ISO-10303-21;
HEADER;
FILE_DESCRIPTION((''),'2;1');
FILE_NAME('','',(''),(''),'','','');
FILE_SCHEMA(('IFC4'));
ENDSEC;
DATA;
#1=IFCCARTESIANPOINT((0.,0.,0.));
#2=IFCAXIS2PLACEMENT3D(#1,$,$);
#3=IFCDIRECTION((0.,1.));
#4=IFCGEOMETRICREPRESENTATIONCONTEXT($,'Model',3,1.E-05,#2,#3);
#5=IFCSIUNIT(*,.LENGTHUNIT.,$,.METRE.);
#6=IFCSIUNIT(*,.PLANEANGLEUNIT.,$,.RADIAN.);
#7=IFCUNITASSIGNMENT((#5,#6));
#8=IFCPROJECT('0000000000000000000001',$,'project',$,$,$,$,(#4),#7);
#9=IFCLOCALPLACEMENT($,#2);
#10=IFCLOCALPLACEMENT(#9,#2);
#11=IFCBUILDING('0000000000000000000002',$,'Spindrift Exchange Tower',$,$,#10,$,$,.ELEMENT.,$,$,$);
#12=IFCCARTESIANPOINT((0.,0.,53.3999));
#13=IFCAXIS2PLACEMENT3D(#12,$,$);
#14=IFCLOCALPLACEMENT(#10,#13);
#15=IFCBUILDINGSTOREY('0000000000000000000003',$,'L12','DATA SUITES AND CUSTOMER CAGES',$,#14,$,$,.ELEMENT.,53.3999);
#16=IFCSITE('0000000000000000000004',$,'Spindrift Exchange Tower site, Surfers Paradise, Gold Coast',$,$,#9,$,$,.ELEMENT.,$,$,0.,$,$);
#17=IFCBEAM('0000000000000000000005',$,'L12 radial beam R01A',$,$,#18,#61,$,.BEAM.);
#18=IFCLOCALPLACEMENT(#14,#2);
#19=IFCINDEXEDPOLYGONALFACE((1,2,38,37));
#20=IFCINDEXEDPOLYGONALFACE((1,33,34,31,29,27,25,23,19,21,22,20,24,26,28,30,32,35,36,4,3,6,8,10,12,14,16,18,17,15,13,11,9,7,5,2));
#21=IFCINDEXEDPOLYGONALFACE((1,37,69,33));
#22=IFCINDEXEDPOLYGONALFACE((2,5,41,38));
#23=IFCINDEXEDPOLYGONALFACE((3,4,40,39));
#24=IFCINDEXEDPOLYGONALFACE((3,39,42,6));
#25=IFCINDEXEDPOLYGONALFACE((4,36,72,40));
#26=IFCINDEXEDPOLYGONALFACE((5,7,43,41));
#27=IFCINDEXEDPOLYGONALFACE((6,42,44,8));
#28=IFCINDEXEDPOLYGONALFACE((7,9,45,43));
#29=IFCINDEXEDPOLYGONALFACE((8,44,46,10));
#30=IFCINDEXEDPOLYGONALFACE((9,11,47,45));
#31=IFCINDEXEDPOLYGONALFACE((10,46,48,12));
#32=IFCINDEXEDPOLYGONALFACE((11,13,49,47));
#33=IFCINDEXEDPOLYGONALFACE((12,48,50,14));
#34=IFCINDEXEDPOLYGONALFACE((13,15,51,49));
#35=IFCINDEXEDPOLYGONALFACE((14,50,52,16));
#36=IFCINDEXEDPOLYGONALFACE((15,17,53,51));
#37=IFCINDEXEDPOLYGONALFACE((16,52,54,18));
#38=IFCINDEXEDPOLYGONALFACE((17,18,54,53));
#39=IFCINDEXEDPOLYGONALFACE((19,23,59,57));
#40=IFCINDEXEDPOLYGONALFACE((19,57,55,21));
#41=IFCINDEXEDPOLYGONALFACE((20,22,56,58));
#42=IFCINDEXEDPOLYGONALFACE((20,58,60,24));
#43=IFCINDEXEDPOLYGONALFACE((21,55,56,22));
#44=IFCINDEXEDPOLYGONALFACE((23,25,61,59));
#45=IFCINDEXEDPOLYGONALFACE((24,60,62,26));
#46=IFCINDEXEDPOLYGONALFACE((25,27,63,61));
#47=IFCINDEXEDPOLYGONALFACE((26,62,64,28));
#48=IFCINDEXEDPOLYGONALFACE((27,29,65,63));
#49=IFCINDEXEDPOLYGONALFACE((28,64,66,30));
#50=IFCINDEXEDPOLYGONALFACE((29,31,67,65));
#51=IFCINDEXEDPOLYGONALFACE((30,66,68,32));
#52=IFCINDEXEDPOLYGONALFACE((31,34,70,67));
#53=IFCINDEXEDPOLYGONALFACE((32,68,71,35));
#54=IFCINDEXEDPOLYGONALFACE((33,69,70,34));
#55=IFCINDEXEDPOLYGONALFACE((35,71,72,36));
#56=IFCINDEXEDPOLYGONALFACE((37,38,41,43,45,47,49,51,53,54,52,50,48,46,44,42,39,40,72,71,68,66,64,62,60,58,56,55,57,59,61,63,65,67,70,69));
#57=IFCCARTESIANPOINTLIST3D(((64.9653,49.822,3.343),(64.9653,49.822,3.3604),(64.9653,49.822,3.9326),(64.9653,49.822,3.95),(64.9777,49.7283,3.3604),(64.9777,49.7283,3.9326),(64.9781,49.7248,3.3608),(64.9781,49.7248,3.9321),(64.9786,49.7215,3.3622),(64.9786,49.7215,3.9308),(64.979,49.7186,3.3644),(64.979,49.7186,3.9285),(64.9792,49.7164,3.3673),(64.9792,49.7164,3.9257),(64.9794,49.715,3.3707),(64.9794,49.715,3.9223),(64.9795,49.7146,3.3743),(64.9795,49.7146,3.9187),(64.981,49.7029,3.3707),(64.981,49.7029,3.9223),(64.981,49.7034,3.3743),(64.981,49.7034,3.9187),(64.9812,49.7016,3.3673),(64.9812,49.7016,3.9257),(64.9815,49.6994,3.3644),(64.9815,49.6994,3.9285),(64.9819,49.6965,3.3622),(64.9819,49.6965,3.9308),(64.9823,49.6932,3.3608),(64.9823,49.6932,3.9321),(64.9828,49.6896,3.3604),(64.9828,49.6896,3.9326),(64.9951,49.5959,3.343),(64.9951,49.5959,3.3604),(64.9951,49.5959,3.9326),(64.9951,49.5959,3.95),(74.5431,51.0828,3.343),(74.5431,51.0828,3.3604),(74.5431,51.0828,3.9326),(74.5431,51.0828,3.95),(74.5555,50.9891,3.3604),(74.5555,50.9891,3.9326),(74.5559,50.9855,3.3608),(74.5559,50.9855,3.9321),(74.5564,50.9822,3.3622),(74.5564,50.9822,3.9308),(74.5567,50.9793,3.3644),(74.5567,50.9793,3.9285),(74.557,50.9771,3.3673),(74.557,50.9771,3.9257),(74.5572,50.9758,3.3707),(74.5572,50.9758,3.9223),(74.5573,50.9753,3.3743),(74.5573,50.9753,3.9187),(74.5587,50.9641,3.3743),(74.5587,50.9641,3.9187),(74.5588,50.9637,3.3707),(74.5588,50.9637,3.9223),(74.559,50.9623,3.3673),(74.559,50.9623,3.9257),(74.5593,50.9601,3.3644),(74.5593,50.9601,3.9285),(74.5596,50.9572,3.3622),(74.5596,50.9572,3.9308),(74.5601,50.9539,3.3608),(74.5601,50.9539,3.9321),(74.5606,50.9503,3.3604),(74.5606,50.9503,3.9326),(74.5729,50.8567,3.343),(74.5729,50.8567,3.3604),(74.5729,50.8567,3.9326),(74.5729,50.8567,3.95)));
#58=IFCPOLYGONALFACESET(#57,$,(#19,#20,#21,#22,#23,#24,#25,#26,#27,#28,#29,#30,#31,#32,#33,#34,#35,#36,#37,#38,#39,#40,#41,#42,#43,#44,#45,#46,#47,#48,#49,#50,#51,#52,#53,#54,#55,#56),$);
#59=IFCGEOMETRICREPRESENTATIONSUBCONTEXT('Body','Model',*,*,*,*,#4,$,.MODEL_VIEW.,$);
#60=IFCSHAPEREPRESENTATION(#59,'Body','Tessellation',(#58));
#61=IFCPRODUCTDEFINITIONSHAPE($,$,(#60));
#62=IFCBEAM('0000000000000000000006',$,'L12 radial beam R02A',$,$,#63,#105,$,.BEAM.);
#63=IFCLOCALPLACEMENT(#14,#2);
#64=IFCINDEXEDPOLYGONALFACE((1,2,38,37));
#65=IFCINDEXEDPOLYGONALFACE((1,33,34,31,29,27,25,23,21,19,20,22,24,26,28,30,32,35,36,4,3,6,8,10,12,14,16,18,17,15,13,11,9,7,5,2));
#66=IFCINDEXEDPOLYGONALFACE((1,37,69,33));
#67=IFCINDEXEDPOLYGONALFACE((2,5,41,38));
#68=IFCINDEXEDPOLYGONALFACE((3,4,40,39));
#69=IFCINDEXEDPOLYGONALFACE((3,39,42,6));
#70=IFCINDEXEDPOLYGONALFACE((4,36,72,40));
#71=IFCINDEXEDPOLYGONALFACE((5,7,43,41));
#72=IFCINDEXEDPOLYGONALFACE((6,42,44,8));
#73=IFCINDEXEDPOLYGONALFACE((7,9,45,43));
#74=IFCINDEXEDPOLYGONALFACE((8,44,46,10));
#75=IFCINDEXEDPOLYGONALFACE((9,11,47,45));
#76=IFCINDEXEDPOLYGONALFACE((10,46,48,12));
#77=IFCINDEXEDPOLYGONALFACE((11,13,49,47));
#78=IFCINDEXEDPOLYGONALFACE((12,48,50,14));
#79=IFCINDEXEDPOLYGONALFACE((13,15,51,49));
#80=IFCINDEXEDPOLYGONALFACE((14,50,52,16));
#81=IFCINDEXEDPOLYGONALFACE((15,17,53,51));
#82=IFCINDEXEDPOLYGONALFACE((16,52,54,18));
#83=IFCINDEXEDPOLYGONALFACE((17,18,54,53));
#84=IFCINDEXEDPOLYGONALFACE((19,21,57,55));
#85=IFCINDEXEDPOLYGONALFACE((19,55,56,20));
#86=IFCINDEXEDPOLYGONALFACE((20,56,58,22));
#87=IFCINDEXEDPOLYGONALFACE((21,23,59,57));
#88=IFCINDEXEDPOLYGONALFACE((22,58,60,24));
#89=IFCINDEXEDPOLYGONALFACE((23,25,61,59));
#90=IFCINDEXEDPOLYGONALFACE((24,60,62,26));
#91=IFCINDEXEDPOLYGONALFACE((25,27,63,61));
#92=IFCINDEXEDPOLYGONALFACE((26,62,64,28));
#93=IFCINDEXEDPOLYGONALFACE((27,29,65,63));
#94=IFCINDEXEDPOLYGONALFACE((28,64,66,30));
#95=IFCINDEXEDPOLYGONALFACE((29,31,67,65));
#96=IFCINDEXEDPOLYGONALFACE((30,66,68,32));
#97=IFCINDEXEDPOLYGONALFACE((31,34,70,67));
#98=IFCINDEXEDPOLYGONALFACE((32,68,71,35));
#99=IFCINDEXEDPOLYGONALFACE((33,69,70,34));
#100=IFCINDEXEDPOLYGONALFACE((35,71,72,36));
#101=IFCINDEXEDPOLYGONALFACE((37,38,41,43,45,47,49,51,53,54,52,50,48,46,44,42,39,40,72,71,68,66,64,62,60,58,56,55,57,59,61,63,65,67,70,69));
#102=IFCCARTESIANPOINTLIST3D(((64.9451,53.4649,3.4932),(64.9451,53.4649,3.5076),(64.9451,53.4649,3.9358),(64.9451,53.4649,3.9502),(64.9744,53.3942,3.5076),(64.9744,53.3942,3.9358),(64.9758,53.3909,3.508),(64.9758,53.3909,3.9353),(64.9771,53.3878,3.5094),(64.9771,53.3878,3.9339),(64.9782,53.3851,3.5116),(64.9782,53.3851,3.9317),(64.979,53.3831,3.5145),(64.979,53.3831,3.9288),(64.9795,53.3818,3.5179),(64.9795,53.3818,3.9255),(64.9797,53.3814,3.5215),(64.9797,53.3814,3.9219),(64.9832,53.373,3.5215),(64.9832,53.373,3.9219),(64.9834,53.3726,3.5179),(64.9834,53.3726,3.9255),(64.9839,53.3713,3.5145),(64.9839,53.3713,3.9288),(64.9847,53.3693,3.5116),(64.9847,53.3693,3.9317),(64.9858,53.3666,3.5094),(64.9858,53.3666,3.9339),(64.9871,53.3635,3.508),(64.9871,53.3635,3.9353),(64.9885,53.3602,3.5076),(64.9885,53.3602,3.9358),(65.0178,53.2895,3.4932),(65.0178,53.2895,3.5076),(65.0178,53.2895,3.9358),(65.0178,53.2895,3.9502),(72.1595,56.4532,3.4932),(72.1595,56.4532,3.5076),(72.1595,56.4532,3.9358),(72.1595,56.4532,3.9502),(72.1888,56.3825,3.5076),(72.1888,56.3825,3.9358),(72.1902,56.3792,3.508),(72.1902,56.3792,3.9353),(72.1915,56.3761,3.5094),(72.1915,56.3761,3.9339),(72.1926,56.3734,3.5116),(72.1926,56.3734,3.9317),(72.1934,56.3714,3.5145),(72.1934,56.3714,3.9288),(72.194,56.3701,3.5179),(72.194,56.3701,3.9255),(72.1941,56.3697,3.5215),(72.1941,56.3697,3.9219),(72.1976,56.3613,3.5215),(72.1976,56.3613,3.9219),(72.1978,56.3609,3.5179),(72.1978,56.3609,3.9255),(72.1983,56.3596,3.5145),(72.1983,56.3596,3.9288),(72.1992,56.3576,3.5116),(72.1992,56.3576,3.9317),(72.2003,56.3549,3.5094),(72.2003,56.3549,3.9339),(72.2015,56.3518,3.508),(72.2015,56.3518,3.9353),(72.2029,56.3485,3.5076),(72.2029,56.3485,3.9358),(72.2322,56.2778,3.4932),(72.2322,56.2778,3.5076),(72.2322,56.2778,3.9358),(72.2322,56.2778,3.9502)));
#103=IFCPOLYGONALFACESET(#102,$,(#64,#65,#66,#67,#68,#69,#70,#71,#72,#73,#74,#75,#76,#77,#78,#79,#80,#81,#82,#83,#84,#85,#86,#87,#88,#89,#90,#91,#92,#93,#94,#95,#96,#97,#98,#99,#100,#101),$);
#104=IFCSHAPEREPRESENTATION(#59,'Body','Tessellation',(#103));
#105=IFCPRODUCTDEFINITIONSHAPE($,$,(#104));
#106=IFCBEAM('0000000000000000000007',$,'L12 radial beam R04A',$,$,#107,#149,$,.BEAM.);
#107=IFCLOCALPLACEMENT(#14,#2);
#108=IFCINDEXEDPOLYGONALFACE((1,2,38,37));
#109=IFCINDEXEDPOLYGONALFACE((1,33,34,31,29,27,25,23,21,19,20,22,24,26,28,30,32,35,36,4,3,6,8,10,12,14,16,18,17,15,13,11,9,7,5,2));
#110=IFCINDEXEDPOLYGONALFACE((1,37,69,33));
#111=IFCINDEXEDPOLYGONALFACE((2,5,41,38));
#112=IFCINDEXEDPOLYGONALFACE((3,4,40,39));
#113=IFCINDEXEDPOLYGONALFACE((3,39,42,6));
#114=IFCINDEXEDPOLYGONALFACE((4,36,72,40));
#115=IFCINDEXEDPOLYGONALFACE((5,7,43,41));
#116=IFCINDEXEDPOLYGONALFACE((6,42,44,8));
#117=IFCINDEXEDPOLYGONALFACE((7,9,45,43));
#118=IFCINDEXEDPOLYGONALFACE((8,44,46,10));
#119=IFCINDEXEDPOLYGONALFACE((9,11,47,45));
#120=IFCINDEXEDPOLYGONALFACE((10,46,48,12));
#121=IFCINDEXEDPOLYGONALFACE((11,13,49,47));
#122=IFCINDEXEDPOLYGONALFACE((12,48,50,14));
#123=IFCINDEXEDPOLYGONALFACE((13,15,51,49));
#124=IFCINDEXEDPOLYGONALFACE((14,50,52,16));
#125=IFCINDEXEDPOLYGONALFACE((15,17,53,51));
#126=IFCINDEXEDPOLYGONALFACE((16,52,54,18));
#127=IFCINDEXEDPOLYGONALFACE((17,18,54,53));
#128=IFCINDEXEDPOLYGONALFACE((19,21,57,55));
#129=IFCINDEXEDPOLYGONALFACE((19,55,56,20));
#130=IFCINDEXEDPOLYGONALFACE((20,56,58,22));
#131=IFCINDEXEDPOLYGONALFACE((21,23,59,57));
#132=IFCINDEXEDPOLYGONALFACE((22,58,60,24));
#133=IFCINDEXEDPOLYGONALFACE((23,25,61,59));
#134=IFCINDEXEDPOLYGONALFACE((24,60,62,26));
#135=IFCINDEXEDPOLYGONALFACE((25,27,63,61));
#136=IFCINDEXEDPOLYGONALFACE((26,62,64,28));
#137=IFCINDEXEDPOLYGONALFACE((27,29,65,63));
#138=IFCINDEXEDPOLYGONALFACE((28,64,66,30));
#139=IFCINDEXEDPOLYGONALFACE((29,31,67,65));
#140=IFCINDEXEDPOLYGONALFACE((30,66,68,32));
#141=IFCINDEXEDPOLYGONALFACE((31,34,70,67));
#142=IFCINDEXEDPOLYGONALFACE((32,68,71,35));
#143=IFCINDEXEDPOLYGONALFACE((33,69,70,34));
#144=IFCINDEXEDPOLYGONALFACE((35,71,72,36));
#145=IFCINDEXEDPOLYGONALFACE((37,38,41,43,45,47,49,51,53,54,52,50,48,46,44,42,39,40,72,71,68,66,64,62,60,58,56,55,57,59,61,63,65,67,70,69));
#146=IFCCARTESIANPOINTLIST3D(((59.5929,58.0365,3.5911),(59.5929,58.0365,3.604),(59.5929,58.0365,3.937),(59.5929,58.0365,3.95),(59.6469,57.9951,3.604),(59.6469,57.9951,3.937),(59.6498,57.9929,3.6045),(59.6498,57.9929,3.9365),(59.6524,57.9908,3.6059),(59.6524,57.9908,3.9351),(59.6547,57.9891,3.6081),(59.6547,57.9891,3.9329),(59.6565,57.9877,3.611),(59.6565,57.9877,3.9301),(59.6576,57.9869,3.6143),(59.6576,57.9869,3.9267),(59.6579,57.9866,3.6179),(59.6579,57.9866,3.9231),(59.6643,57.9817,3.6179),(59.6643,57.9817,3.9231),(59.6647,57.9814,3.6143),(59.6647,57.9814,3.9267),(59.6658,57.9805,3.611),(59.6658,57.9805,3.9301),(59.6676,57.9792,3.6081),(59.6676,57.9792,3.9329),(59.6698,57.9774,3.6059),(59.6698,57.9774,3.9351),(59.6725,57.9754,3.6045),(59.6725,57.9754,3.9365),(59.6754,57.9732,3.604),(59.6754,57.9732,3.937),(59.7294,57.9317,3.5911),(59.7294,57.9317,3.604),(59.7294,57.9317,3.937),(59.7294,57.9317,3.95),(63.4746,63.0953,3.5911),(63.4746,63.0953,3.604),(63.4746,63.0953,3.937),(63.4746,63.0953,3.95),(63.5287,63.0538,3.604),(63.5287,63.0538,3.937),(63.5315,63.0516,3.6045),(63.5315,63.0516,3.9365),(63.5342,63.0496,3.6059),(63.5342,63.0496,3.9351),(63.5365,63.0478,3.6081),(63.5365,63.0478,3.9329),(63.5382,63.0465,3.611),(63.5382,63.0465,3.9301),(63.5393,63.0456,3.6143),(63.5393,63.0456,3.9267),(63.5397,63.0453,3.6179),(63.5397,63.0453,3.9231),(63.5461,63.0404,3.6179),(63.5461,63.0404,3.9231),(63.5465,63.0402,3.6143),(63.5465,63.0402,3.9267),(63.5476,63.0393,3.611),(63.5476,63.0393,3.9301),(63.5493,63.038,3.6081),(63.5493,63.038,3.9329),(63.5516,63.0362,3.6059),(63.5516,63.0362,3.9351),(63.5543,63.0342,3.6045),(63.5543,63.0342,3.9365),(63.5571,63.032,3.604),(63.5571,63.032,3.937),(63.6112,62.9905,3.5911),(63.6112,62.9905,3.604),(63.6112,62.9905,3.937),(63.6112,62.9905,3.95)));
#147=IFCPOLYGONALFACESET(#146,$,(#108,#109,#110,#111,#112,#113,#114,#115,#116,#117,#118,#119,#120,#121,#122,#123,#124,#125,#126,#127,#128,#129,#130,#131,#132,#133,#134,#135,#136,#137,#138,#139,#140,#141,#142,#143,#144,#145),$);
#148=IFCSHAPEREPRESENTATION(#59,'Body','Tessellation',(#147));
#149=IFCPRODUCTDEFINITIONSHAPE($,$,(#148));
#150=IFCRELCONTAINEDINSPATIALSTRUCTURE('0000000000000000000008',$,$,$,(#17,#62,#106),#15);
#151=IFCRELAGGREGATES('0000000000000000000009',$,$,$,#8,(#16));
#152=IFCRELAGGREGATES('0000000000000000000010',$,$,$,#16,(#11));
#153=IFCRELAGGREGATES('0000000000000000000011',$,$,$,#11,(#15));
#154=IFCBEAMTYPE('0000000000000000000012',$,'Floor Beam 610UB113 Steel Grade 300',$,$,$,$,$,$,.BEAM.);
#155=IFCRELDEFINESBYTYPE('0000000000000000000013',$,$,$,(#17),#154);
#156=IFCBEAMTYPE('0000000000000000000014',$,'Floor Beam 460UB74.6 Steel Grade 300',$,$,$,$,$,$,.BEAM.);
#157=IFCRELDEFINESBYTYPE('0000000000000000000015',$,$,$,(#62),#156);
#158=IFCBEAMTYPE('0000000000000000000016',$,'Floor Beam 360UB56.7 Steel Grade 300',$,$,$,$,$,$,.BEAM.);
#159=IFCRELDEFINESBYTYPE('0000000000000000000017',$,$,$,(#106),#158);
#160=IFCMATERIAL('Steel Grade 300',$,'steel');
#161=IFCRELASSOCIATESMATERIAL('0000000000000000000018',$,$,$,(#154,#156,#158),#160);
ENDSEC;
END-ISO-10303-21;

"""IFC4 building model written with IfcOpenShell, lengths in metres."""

from ifc_helpers import new_model, si_unit, direction, frame, origin, origin_2d, place, context, subcontext, project, spatial, i_section, extrude, source, transform, mapped, material, material_profile, profile_set, type_object, element, save


model = new_model("IFC4")

# Units and contexts
model_context = context("Model", 3, precision=1e-05, world=origin(), true_north=direction((0.0, 1.0)))
body_context = subcontext(model_context, "Body", "Model", "MODEL_VIEW")
ifc_project = project(units=[si_unit("LENGTHUNIT", "METRE"), si_unit("PLANEANGLEUNIT", "RADIAN")], contexts=[model_context])

# Site, building, storey
site_placement = place(None, origin())
site = spatial("IfcSite", under=ifc_project, at=site_placement, Name="Spindrift Exchange Tower site, Surfers Paradise, Gold Coast", CompositionType="ELEMENT", RefElevation=0.0)
building_placement = place(site_placement, origin())
building = spatial("IfcBuilding", under=site, at=building_placement, Name="Spindrift Exchange Tower", CompositionType="ELEMENT")
storey_placement = place(building_placement, frame((0.0, 0.0, 53.3999)))
storey = spatial("IfcBuildingStorey", under=building, at=storey_placement, Name="L12", Description="DATA SUITES AND CUSTOMER CAGES", CompositionType="ELEMENT", Elevation=53.3999)

# Beams
ifc_material_1 = material(Name="Steel Grade 300", Category="steel")
ifc_material_profile_1 = material_profile(ifc_material_1, i_section(OverallWidth=0.228, OverallDepth=0.6069, WebThickness=0.0112, FlangeThickness=0.0173, FilletRadius=0.0139, at=origin_2d()), Name="610UB113")
ifc_profile_set_1 = profile_set([ifc_material_profile_1], Name="Steel Grade 300")
beam_type_1 = type_object("IfcBeamType", Name="Floor Beam 610UB113 Steel Grade 300", PredefinedType="BEAM", material=ifc_profile_set_1)
shared_shape_1 = source(origin(), body_context, "Body", "SweptSolid", [
    extrude(i_section(OverallWidth=0.228, OverallDepth=0.6069, WebThickness=0.0112, FlangeThickness=0.0173, FilletRadius=0.0139, at=origin_2d()), origin(), (0.0, 0.0, 1.0), 9.6604),
])
beam_1_placement = place(storey_placement, frame((64.9802, 49.709, 3.6465), z_axis=(0.991448, 0.130505, 0.0), x_axis=(-0.130505, 0.991448, 0.0)))
element("IfcBeam", 1, at=beam_1_placement, inside=storey, type_object=beam_type_1, Name="L12 radial beam R01A", PredefinedType="BEAM", context=body_context, shape_type="MappedRepresentation", body=[
    mapped(shared_shape_1, transform((0.0, 0.0, 0.0), scale=1.0)),
])
ifc_material_profile_2 = material_profile(ifc_material_1, i_section(OverallWidth=0.1899, OverallDepth=0.457, WebThickness=0.009, FlangeThickness=0.0144, FilletRadius=0.0139, at=origin_2d()), Name="460UB74.6")
ifc_profile_set_2 = profile_set([ifc_material_profile_2], Name="Steel Grade 300")
beam_type_2 = type_object("IfcBeamType", Name="Floor Beam 460UB74.6 Steel Grade 300", PredefinedType="BEAM", material=ifc_profile_set_2)
shared_shape_2 = source(origin(), body_context, "Body", "SweptSolid", [
    extrude(i_section(OverallWidth=0.1899, OverallDepth=0.457, WebThickness=0.009, FlangeThickness=0.0144, FilletRadius=0.0139, at=origin_2d()), origin(), (0.0, 0.0, 1.0), 7.8088),
])
beam_2_placement = place(storey_placement, frame((64.9814, 53.3772, 3.7217), z_axis=(0.92388, 0.382683, 0.0), x_axis=(-0.382683, 0.92388, 0.0)))
element("IfcBeam", 2, at=beam_2_placement, inside=storey, type_object=beam_type_2, Name="L12 radial beam R02A", PredefinedType="BEAM", context=body_context, shape_type="MappedRepresentation", body=[
    mapped(shared_shape_2, transform((0.0, 0.0, 0.0), scale=1.0)),
])
ifc_material_profile_3 = material_profile(ifc_material_1, i_section(OverallWidth=0.1721, OverallDepth=0.3589, WebThickness=0.0081, FlangeThickness=0.0129, FilletRadius=0.0139, at=origin_2d()), Name="360UB56.7")
ifc_profile_set_3 = profile_set([ifc_material_profile_3], Name="Steel Grade 300")
beam_type_3 = type_object("IfcBeamType", Name="Floor Beam 360UB56.7 Steel Grade 300", PredefinedType="BEAM", material=ifc_profile_set_3)
shared_shape_3 = source(origin(), body_context, "Body", "SweptSolid", [
    extrude(i_section(OverallWidth=0.1721, OverallDepth=0.3589, WebThickness=0.0081, FlangeThickness=0.0129, FilletRadius=0.0139, at=origin_2d()), origin(), (0.0, 0.0, 1.0), 6.3765),
])
beam_3_placement = place(storey_placement, frame((59.6611, 57.9841, 3.7705), z_axis=(0.608767, 0.793349, 0.0), x_axis=(-0.793349, 0.608767, 0.0)))
element("IfcBeam", 3, at=beam_3_placement, inside=storey, type_object=beam_type_3, Name="L12 radial beam R04A", PredefinedType="BEAM", context=body_context, shape_type="MappedRepresentation", body=[
    mapped(shared_shape_3, transform((0.0, 0.0, 0.0), scale=1.0)),
])

save(model, "model.ifc")
